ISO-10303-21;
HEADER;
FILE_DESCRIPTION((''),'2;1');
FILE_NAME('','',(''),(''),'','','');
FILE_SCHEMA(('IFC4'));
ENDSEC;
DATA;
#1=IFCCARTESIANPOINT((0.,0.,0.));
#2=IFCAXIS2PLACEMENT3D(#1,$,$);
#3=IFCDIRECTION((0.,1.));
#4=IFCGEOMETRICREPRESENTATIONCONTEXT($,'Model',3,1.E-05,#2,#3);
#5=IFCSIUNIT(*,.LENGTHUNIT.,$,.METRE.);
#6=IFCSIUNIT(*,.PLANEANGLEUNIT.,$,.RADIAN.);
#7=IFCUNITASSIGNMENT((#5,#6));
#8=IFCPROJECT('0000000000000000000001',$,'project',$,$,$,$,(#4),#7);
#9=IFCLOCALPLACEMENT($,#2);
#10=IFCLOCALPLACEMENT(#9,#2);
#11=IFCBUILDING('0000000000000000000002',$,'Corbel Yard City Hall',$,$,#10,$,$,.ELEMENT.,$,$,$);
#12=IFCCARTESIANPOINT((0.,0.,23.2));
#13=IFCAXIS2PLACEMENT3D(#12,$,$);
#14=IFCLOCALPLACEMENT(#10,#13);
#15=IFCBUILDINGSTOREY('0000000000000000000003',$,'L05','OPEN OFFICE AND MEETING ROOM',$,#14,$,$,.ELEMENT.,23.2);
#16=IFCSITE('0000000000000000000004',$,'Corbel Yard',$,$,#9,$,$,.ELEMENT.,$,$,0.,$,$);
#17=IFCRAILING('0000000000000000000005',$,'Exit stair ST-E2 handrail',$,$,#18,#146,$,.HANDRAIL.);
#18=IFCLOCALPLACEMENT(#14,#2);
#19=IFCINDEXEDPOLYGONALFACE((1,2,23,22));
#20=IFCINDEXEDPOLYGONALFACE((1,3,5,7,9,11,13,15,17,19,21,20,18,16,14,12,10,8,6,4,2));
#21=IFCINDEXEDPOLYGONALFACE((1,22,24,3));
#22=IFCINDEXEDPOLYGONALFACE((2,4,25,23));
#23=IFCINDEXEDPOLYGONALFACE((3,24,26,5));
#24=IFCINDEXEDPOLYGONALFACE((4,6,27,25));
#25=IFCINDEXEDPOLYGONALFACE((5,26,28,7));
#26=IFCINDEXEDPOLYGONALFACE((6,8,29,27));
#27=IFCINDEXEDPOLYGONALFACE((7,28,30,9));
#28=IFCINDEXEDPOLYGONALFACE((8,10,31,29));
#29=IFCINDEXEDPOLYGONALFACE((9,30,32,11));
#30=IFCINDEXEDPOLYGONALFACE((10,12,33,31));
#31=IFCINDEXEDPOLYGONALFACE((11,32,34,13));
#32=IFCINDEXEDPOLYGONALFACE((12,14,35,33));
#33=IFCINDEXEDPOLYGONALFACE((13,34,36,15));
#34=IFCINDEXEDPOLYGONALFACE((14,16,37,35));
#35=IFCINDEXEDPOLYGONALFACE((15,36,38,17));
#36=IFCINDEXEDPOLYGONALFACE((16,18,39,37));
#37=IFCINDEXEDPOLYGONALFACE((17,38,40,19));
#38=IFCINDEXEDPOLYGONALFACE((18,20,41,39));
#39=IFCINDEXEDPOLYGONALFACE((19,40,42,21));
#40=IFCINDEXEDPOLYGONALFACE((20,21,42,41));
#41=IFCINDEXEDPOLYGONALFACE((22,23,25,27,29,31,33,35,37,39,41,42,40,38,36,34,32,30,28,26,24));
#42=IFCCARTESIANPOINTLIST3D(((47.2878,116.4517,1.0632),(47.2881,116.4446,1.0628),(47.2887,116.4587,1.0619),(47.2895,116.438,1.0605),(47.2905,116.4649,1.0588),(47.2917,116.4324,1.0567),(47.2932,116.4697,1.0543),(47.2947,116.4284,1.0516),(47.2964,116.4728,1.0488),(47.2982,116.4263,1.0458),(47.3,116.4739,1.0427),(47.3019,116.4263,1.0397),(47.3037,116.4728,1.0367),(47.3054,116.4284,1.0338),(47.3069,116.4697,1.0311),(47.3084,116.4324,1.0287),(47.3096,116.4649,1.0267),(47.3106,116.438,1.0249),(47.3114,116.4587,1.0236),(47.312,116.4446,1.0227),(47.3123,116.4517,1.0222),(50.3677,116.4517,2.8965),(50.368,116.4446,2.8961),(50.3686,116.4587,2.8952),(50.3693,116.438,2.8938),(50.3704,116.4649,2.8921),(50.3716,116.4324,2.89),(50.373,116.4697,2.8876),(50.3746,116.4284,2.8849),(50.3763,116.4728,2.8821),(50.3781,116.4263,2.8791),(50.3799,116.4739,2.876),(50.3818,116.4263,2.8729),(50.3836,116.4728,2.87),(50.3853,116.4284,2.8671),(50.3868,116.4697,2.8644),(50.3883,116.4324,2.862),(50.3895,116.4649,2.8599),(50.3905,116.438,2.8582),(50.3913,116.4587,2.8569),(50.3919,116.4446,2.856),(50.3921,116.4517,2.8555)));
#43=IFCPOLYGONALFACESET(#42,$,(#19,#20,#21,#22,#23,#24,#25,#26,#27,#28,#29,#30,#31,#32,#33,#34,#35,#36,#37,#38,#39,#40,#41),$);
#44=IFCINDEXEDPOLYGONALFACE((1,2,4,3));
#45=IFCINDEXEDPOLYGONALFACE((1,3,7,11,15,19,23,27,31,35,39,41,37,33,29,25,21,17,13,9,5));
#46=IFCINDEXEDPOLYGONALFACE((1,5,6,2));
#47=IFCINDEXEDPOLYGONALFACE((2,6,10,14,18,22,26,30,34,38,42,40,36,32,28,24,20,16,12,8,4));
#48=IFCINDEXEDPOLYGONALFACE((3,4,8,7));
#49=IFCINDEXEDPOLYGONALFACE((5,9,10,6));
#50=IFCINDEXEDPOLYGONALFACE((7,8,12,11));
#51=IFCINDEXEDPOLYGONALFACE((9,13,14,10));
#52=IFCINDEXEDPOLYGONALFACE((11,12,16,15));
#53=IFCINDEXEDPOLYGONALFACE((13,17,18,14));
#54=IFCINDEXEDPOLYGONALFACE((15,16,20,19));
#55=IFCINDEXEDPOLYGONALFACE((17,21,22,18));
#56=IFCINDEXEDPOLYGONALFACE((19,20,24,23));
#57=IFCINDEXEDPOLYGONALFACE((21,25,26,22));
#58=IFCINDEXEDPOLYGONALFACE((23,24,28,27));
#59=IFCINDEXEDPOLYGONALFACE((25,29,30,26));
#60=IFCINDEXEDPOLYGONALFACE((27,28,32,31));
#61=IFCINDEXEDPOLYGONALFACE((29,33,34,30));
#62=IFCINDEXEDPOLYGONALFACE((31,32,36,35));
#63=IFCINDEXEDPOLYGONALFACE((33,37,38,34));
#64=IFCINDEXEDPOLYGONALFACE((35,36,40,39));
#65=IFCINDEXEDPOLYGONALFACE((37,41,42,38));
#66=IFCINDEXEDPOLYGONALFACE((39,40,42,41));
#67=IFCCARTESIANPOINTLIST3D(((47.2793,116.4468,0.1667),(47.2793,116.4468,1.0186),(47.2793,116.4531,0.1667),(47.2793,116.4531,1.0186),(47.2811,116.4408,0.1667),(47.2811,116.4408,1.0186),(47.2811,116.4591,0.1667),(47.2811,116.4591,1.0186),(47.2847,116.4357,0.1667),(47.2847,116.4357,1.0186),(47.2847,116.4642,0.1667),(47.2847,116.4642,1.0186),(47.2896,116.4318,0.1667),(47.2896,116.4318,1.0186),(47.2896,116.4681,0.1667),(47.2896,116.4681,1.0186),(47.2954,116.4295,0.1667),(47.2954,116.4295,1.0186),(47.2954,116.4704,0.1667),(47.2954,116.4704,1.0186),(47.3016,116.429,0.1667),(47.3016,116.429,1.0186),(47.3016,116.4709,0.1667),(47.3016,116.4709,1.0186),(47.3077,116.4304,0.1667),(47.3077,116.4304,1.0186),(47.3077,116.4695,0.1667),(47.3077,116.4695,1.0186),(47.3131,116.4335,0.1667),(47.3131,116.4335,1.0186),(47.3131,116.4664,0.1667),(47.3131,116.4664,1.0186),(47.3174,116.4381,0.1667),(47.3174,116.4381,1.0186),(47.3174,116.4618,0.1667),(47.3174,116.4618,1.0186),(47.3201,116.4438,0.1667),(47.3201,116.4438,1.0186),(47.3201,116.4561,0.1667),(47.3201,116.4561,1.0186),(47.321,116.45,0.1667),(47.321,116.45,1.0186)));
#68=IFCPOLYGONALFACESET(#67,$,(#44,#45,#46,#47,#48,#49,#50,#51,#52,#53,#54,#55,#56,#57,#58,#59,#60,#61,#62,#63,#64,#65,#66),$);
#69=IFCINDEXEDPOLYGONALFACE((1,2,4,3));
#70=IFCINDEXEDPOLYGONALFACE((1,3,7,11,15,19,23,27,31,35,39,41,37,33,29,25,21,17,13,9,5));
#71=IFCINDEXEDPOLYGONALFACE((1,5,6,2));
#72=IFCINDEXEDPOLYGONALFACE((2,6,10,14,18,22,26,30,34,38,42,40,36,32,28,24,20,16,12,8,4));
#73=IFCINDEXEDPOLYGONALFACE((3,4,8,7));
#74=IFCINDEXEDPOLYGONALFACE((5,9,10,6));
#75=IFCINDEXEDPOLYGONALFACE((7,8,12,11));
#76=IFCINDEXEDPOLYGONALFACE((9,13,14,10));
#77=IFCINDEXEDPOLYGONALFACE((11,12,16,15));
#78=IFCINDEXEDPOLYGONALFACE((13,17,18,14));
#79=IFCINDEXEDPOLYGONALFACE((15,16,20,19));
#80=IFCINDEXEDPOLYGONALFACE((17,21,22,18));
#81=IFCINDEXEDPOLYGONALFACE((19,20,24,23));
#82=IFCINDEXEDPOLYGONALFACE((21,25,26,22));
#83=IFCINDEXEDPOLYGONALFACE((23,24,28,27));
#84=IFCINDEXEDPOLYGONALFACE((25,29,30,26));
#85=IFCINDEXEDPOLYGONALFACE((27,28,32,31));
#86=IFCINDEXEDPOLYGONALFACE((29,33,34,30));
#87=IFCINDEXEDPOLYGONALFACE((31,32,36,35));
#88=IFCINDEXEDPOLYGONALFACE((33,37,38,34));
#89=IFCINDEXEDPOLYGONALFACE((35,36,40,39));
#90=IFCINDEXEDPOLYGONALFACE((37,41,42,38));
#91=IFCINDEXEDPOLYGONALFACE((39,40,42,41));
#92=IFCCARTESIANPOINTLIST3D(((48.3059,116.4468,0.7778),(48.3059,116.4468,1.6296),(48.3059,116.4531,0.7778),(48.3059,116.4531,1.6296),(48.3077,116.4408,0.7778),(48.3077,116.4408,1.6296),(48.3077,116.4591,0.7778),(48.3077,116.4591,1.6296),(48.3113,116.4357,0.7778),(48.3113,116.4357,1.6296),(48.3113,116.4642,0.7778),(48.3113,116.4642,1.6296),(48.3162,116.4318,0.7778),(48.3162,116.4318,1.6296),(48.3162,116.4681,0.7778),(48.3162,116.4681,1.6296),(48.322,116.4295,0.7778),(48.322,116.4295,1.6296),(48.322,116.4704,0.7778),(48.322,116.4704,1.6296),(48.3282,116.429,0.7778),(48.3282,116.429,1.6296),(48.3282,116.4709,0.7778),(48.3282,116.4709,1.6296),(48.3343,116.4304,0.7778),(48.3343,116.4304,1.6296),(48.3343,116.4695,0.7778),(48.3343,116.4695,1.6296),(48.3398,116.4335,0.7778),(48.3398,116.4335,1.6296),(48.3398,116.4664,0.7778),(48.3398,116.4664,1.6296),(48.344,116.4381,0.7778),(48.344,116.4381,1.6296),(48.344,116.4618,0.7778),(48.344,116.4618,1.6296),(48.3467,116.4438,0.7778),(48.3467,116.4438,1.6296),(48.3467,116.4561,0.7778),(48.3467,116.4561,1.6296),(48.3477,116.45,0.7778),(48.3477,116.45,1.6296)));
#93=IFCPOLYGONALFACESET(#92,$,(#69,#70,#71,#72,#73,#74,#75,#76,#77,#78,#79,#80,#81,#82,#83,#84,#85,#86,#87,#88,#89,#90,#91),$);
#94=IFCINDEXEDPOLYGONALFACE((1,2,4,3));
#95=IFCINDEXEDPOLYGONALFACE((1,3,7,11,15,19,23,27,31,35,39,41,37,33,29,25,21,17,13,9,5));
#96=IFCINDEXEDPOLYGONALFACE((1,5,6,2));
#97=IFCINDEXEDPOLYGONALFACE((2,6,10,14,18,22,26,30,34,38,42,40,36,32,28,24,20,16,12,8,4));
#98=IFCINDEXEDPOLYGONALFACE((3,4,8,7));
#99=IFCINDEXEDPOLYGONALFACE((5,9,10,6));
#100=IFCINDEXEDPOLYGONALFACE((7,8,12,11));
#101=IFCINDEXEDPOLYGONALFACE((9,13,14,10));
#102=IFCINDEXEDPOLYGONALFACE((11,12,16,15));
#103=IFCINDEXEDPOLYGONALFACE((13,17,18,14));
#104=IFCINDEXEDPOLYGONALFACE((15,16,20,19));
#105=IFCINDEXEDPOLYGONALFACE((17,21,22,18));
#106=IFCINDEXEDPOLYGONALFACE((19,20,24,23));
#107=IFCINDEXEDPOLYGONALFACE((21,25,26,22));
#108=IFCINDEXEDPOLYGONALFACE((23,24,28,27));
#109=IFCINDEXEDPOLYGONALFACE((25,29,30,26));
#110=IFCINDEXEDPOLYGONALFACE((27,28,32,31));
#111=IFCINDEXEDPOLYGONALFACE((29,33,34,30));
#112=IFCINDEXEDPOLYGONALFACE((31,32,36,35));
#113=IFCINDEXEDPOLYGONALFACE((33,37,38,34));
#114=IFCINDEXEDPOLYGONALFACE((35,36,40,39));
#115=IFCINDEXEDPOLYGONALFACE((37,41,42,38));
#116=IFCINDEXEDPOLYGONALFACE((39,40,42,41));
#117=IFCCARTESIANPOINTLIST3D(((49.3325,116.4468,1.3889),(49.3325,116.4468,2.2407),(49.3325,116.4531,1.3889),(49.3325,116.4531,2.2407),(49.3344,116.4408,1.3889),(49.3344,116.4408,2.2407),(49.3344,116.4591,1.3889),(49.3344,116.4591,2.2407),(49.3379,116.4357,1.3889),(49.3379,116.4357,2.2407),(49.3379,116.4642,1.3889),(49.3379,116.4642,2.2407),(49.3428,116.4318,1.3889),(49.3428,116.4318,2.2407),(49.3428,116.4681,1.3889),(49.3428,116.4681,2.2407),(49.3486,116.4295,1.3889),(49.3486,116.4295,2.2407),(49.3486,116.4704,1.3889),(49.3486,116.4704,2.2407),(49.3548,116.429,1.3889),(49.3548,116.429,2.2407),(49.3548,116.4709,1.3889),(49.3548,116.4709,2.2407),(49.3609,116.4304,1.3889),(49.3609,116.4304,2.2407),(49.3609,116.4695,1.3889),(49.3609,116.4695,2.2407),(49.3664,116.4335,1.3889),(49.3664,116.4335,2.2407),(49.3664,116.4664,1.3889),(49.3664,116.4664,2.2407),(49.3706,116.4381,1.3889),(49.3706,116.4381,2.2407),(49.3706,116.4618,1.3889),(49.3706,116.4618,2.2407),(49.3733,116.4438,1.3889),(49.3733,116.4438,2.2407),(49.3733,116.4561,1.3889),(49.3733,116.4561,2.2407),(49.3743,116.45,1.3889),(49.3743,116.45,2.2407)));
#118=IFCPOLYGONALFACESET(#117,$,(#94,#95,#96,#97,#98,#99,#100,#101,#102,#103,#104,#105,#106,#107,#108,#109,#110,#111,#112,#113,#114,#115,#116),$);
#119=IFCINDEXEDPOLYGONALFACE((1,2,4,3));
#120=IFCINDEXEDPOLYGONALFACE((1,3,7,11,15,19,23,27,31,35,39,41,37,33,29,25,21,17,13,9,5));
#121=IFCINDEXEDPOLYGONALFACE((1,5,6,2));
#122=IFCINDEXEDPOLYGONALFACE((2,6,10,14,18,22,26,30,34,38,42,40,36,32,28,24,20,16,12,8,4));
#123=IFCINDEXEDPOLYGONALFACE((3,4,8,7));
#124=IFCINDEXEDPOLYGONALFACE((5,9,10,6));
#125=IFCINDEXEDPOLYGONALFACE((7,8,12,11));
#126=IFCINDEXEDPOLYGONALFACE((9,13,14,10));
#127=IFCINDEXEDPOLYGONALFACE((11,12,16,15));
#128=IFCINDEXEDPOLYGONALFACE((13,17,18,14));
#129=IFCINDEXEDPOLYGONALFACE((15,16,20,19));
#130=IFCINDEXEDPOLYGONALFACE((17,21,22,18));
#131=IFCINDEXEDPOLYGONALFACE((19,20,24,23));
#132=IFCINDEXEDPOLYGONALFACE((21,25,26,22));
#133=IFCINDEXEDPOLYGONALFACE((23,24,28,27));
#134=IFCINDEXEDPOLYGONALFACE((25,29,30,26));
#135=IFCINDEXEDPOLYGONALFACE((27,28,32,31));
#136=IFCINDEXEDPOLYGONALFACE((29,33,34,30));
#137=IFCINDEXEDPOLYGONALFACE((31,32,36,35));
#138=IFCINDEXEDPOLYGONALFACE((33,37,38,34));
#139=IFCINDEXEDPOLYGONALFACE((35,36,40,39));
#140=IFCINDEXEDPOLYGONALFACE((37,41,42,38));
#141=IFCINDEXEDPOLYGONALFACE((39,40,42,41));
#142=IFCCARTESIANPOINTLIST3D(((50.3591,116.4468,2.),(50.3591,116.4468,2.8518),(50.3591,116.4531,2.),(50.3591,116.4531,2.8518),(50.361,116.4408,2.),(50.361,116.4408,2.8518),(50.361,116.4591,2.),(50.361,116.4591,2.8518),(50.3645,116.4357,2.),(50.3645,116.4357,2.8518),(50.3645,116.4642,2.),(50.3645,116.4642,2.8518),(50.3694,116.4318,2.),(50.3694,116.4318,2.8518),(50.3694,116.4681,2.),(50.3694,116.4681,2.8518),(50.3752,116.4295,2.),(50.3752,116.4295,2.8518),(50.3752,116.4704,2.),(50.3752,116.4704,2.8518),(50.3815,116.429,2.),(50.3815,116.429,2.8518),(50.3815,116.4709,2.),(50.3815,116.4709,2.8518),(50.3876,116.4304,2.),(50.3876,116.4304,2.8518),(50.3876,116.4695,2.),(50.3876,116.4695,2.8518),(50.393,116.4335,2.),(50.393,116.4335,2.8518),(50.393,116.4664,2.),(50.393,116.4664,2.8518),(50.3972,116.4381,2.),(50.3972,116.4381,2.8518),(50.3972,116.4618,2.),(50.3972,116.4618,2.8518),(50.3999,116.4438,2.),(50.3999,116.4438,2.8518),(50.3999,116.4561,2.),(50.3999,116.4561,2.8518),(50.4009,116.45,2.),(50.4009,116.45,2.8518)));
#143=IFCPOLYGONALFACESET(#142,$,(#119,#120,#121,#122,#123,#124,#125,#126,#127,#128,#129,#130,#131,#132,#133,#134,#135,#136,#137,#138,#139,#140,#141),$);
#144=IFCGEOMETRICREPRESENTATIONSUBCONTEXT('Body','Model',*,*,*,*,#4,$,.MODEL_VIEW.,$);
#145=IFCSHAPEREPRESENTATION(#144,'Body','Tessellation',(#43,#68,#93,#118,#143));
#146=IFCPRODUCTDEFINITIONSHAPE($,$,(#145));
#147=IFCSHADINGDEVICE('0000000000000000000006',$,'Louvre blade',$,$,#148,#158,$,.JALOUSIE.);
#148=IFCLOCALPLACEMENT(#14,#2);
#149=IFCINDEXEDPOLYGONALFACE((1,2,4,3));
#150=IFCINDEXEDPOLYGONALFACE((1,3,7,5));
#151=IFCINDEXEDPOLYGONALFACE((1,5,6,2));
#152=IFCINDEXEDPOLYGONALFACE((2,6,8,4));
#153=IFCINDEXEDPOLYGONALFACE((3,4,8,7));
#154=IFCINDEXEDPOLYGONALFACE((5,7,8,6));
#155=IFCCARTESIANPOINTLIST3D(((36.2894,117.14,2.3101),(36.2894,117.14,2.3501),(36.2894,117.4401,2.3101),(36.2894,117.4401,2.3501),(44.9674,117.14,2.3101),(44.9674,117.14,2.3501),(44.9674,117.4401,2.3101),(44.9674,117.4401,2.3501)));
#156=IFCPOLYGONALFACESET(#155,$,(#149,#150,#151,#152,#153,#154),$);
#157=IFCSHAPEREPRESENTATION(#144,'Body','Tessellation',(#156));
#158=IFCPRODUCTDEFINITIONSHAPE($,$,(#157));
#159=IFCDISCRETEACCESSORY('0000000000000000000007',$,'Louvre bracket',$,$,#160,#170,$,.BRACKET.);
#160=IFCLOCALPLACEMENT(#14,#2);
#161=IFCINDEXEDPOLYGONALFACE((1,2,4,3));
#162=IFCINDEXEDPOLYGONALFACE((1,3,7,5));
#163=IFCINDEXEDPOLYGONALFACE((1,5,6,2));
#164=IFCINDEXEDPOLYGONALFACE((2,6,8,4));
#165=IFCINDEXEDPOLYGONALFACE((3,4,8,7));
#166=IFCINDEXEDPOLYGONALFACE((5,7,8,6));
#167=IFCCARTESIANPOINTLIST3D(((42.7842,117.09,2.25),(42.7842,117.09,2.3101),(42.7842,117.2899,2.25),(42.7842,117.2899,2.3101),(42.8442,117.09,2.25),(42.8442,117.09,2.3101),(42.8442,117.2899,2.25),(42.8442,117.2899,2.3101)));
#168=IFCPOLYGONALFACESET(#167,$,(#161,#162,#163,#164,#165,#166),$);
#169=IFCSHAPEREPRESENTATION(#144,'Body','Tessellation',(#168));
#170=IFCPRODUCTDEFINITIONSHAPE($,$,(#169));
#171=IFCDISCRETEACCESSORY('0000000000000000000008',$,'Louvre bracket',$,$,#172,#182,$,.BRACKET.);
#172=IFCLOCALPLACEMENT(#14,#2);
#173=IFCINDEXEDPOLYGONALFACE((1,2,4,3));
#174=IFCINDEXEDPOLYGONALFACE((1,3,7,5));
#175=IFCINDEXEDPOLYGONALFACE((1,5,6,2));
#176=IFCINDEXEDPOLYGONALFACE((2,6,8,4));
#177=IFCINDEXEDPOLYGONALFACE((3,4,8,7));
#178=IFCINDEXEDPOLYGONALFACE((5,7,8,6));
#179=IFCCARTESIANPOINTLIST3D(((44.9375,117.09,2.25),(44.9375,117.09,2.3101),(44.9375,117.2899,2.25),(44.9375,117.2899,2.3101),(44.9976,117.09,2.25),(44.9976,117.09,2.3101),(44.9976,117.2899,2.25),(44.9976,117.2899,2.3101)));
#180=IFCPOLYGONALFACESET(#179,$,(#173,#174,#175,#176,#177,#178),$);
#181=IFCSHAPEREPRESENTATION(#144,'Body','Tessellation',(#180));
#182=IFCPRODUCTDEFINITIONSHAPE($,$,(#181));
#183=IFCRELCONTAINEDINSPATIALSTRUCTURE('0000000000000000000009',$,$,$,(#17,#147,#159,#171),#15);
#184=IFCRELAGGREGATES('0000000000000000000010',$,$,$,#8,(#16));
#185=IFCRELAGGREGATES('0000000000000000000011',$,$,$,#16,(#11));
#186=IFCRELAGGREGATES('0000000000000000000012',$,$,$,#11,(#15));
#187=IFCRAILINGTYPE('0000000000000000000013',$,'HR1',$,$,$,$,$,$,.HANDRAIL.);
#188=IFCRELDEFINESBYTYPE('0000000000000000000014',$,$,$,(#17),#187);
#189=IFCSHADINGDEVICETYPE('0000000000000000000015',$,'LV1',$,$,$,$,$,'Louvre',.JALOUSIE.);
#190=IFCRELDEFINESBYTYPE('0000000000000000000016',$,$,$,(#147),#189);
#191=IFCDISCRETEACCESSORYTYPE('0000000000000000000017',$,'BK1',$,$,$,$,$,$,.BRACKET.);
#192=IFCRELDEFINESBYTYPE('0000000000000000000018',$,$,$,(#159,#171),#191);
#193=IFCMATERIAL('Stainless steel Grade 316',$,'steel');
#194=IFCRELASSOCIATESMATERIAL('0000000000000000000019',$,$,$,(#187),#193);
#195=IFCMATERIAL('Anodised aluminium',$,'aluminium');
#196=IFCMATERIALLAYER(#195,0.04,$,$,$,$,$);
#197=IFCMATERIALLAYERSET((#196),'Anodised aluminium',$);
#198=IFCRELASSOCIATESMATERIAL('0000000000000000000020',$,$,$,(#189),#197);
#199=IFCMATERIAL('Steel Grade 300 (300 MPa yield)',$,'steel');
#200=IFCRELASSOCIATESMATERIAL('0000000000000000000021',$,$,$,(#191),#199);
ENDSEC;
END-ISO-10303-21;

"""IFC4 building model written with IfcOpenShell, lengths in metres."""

from ifc_helpers import new_model, si_unit, direction, frame, origin, origin_2d, place, context, subcontext, project, spatial, rectangle, circle, extrude, material, layer, layer_set, type_object, element, save


model = new_model("IFC4")

# Units and contexts
model_context = context("Model", 3, precision=1e-05, world=origin(), true_north=direction((0.0, 1.0)))
body_context = subcontext(model_context, "Body", "Model", "MODEL_VIEW")
ifc_project = project(units=[si_unit("LENGTHUNIT", "METRE"), si_unit("PLANEANGLEUNIT", "RADIAN")], contexts=[model_context])

# Site, building, storey
site_placement = place(None, origin())
site = spatial("IfcSite", under=ifc_project, at=site_placement, Name="Corbel Yard", CompositionType="ELEMENT", RefElevation=0.0)
building_placement = place(site_placement, origin())
building = spatial("IfcBuilding", under=site, at=building_placement, Name="Corbel Yard City Hall", CompositionType="ELEMENT")
storey_placement = place(building_placement, frame((0.0, 0.0, 23.2)))
storey = spatial("IfcBuildingStorey", under=building, at=storey_placement, Name="L05", Description="OPEN OFFICE AND MEETING ROOM", CompositionType="ELEMENT", Elevation=23.2)

# Railing
ifc_material_1 = material(Name="Stainless steel Grade 316", Category="steel")
railing_type = type_object("IfcRailingType", Name="HR1", PredefinedType="HANDRAIL", material=ifc_material_1)
railing_placement = place(storey_placement, frame((47.3, 116.45, 0.1667)))
element("IfcRailing", 1, at=railing_placement, inside=storey, type_object=railing_type, Name="Exit stair ST-E2 handrail", PredefinedType="HANDRAIL", context=body_context, shape_type="SweptSolid", body=[
    extrude(circle(Radius=0.0239, at=origin_2d()), frame((0.0, 0.0, 0.876), z_axis=(0.859291, 0.0, 0.511487), x_axis=(0.0, 1.0, 0.0)), (0.0, 0.0, 1.0), 3.5842),
    extrude(circle(Radius=0.021, at=origin_2d()), origin(), (0.0, 0.0, 1.0), 0.8518),
    extrude(circle(Radius=0.021, at=origin_2d()), frame((1.0266, 0.0, 0.6111)), (0.0, 0.0, 1.0), 0.8518),
    extrude(circle(Radius=0.021, at=origin_2d()), frame((2.0532, 0.0, 1.2222)), (0.0, 0.0, 1.0), 0.8518),
    extrude(circle(Radius=0.021, at=origin_2d()), frame((3.0798, 0.0, 1.8333)), (0.0, 0.0, 1.0), 0.8518),
])

# Shading device
ifc_material_2 = material(Name="Anodised aluminium", Category="aluminium")
ifc_layer_1 = layer(ifc_material_2, 0.04)
ifc_layer_set_1 = layer_set([ifc_layer_1], Name="Anodised aluminium")
shading_device_type = type_object("IfcShadingDeviceType", Name="LV1", ElementType="Louvre", PredefinedType="JALOUSIE", material=ifc_layer_set_1)
shading_device_placement = place(storey_placement, frame((40.6284, 117.29, 2.3101), z_axis=(0.0, 0.0, 1.0), x_axis=(1.0, 0.0, 0.0)))
element("IfcShadingDevice", 2, at=shading_device_placement, inside=storey, type_object=shading_device_type, Name="Louvre blade", PredefinedType="JALOUSIE", context=body_context, shape_type="SweptSolid", body=[
    extrude(rectangle(XDim=8.678, YDim=0.3, at=origin_2d()), origin(), (0.0, 0.0, 1.0), 0.04),
])

# Discrete accessories
ifc_material_3 = material(Name="Steel Grade 300 (300 MPa yield)", Category="steel")
discrete_accessory_type = type_object("IfcDiscreteAccessoryType", Name="BK1", PredefinedType="BRACKET", material=ifc_material_3)
for number, where, z_axis, x_axis, name in (
    (3, (42.8142, 117.1899, 2.25), (0.0, 0.0, 1.0), (1.0, 0.0, 0.0), "Louvre bracket"),
    (4, (44.9675, 117.1899, 2.25), (0.0, 0.0, 1.0), (1.0, 0.0, 0.0), "Louvre bracket"),
):
    element("IfcDiscreteAccessory", number, at=place(storey_placement, frame(where, z_axis=z_axis, x_axis=x_axis)), inside=storey, type_object=discrete_accessory_type, Name=name, PredefinedType="BRACKET", context=body_context, shape_type="SweptSolid", body=[
        extrude(rectangle(XDim=0.0601, YDim=0.2, at=origin_2d()), origin(), (0.0, 0.0, 1.0), 0.0601),
    ])

save(model, "model.ifc")
